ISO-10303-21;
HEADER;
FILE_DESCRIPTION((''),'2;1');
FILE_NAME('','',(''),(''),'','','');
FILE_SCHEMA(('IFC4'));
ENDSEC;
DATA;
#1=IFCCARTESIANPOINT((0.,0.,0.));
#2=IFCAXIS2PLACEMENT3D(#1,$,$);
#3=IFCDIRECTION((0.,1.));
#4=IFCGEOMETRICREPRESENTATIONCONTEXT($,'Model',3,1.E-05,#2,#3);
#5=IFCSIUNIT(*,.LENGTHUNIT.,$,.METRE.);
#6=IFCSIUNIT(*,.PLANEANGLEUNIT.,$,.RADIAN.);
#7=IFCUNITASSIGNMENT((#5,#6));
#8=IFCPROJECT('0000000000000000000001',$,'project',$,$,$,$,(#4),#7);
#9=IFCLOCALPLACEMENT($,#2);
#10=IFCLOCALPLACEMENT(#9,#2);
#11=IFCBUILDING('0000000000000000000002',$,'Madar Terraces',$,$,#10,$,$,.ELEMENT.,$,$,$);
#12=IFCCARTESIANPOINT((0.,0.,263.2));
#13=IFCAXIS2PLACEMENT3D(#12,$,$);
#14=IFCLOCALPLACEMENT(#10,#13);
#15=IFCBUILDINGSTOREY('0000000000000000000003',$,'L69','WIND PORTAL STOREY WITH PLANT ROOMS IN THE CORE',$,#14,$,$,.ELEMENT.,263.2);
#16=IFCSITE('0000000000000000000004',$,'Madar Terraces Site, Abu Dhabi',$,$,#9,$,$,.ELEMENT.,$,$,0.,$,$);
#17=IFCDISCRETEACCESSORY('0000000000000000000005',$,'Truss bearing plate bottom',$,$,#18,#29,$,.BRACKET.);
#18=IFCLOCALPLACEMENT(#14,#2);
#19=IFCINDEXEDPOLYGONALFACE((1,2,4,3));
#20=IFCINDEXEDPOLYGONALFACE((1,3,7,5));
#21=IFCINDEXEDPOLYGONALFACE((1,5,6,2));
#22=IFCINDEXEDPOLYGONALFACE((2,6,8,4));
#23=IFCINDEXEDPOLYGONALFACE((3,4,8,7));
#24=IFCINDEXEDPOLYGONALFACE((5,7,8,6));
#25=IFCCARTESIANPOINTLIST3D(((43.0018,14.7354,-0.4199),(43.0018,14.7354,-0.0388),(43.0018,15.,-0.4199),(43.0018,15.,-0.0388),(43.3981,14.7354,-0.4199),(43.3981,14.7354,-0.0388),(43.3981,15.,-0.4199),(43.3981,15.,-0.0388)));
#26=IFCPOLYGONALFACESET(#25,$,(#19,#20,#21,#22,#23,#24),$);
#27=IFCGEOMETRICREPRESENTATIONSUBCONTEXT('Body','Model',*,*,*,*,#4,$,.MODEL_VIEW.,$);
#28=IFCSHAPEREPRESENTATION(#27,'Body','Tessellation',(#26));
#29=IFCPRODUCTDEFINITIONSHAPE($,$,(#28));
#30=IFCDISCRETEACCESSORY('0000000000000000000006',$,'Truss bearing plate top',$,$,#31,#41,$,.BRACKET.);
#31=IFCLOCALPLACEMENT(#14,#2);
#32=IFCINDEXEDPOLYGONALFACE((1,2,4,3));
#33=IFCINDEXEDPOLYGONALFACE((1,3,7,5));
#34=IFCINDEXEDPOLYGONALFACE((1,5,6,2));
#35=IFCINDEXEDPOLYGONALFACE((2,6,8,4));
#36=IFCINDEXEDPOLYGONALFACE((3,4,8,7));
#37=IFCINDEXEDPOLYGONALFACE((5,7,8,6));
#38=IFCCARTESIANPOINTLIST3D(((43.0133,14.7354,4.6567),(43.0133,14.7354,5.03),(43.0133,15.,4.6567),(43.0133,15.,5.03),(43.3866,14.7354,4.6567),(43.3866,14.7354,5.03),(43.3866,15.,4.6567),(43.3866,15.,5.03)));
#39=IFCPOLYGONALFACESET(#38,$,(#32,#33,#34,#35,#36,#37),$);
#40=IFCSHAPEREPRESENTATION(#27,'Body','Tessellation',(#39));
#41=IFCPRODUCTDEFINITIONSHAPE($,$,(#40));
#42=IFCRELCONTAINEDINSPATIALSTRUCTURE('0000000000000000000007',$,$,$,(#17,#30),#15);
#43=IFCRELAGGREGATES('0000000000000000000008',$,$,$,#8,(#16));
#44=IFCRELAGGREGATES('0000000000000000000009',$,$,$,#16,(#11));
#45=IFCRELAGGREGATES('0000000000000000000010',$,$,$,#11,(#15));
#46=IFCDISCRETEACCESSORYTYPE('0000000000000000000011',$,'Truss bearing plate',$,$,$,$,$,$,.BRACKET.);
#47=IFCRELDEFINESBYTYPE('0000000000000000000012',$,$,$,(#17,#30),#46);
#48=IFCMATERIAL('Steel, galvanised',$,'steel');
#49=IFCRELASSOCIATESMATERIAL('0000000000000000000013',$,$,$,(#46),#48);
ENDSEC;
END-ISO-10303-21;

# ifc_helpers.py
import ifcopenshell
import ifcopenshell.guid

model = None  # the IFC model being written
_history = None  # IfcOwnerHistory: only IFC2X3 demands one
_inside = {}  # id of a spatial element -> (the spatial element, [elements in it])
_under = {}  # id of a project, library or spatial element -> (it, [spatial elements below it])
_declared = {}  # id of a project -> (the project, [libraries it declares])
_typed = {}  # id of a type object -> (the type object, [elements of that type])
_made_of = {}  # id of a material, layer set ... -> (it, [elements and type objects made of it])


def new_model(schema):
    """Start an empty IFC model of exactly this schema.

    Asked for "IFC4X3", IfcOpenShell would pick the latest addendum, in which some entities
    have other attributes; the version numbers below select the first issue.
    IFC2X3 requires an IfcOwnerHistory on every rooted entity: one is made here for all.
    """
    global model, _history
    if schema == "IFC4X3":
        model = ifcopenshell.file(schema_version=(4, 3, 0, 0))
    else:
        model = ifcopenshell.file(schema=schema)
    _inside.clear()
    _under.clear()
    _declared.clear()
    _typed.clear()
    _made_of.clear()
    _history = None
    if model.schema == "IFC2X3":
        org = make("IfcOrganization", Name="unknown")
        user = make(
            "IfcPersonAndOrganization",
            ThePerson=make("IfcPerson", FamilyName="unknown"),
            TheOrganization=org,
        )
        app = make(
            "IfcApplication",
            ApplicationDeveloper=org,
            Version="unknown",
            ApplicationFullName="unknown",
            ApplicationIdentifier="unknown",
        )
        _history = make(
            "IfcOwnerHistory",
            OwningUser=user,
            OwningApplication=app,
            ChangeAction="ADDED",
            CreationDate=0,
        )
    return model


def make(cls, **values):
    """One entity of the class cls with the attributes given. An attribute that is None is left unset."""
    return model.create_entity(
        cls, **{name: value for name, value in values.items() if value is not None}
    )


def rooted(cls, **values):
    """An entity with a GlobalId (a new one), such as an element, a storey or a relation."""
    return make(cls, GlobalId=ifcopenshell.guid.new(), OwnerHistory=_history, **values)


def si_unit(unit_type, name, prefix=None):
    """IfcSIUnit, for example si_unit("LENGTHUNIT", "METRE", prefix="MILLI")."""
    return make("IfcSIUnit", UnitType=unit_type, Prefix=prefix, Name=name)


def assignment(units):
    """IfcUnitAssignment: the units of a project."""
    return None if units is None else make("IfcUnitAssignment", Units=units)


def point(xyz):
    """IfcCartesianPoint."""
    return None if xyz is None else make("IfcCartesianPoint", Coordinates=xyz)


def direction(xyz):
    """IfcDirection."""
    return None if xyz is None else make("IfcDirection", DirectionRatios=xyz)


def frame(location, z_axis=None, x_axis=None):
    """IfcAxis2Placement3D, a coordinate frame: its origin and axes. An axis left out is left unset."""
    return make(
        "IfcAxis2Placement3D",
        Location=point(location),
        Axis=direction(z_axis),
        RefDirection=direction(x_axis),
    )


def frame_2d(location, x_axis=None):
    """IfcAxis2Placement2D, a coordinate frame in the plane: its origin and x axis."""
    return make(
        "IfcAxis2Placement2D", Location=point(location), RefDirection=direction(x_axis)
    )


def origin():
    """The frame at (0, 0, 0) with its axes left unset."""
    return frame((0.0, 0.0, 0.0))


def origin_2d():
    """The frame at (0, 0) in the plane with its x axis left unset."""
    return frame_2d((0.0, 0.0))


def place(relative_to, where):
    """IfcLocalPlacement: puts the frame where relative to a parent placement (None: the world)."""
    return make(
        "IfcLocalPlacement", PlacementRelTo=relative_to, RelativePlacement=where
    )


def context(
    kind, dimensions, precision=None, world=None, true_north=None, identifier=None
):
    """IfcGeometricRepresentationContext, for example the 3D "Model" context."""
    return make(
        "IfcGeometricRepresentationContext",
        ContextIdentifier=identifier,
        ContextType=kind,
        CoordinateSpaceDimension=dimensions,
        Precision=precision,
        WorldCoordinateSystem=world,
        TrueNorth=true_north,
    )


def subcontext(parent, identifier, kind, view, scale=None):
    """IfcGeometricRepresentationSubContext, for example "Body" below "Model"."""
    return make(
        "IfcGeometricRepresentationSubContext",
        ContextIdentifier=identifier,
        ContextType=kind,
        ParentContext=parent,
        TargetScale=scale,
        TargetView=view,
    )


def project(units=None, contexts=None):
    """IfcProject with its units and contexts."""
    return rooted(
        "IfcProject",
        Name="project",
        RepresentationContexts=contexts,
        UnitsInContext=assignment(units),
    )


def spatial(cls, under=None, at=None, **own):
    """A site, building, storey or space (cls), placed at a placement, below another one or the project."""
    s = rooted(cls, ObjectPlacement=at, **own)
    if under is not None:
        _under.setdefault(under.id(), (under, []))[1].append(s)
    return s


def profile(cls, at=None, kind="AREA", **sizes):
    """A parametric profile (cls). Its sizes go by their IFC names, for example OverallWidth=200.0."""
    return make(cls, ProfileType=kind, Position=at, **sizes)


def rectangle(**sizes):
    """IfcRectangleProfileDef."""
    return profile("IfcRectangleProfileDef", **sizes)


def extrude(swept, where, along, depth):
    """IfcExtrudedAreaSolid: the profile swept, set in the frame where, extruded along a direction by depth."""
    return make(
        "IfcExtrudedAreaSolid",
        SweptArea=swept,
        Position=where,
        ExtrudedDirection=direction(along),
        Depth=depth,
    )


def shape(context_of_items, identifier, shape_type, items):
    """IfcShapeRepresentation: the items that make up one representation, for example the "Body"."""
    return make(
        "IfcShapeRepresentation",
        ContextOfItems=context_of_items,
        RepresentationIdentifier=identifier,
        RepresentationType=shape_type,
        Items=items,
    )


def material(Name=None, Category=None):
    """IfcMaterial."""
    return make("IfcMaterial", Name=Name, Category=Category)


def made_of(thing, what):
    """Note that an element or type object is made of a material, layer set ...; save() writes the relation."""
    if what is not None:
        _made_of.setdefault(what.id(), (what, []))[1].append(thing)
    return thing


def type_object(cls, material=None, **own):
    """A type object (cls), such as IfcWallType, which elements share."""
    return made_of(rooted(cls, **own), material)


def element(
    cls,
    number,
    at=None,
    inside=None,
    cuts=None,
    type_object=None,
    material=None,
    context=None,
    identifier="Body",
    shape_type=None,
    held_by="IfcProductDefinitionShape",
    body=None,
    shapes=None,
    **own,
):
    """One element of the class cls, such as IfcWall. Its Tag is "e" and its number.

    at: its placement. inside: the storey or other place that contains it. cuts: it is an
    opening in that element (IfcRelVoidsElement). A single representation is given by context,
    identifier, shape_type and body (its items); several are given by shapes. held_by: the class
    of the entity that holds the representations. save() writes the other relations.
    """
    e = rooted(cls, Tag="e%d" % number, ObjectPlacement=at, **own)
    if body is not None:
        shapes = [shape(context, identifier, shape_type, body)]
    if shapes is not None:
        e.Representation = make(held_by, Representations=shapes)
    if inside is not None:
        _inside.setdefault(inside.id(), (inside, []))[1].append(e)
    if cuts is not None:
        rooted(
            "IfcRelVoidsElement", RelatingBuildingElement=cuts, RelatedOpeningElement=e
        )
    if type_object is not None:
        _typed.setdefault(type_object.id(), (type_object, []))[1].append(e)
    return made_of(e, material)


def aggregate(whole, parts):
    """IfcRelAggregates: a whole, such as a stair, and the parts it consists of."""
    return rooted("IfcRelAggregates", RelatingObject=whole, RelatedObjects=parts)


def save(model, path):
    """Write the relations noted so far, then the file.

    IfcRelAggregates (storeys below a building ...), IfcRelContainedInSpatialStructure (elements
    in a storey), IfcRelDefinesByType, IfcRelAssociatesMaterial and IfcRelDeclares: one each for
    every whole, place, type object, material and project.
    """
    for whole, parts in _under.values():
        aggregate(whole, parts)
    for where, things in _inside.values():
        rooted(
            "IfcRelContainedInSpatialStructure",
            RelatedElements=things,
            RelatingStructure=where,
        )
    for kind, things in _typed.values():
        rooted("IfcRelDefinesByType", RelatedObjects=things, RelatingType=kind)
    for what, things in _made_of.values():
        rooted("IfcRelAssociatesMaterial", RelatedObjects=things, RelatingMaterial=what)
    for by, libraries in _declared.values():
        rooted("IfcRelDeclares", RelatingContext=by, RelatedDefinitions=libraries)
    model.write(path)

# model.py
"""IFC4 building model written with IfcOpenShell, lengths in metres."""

from ifc_helpers import new_model, si_unit, direction, frame, origin, origin_2d, place, context, subcontext, project, spatial, rectangle, extrude, material, type_object, element, save


model = new_model("IFC4")

# Units and contexts
model_context = context("Model", 3, precision=1e-05, world=origin(), true_north=direction((0.0, 1.0)))
body_context = subcontext(model_context, "Body", "Model", "MODEL_VIEW")
ifc_project = project(units=[si_unit("LENGTHUNIT", "METRE"), si_unit("PLANEANGLEUNIT", "RADIAN")], contexts=[model_context])

# Site, building, storey
site_placement = place(None, origin())
site = spatial("IfcSite", under=ifc_project, at=site_placement, Name="Madar Terraces Site, Abu Dhabi", CompositionType="ELEMENT", RefElevation=0.0)
building_placement = place(site_placement, origin())
building = spatial("IfcBuilding", under=site, at=building_placement, Name="Madar Terraces", CompositionType="ELEMENT")
storey_placement = place(building_placement, frame((0.0, 0.0, 263.2)))
storey = spatial("IfcBuildingStorey", under=building, at=storey_placement, Name="L69", Description="WIND PORTAL STOREY WITH PLANT ROOMS IN THE CORE", CompositionType="ELEMENT", Elevation=263.2)

# Discrete accessories
ifc_material_1 = material(Name="Steel, galvanised", Category="steel")
discrete_accessory_type = type_object("IfcDiscreteAccessoryType", Name="Truss bearing plate", PredefinedType="BRACKET", material=ifc_material_1)
discrete_accessory_1_placement = place(storey_placement, frame((43.2, 14.8677, -0.4199), z_axis=(0.0, 0.0, 1.0), x_axis=(1.0, 0.0, 0.0)))
element("IfcDiscreteAccessory", 1, at=discrete_accessory_1_placement, inside=storey, type_object=discrete_accessory_type, Name="Truss bearing plate bottom", PredefinedType="BRACKET", context=body_context, shape_type="SweptSolid", body=[
    extrude(rectangle(XDim=0.3962, YDim=0.2646, at=origin_2d()), origin(), (0.0, 0.0, 1.0), 0.3811),
])
discrete_accessory_2_placement = place(storey_placement, frame((43.2, 14.8677, 4.6567), z_axis=(0.0, 0.0, 1.0), x_axis=(1.0, 0.0, 0.0)))
element("IfcDiscreteAccessory", 2, at=discrete_accessory_2_placement, inside=storey, type_object=discrete_accessory_type, Name="Truss bearing plate top", PredefinedType="BRACKET", context=body_context, shape_type="SweptSolid", body=[
    extrude(rectangle(XDim=0.3733, YDim=0.2646, at=origin_2d()), origin(), (0.0, 0.0, 1.0), 0.3733),
])

save(model, "model.ifc")
